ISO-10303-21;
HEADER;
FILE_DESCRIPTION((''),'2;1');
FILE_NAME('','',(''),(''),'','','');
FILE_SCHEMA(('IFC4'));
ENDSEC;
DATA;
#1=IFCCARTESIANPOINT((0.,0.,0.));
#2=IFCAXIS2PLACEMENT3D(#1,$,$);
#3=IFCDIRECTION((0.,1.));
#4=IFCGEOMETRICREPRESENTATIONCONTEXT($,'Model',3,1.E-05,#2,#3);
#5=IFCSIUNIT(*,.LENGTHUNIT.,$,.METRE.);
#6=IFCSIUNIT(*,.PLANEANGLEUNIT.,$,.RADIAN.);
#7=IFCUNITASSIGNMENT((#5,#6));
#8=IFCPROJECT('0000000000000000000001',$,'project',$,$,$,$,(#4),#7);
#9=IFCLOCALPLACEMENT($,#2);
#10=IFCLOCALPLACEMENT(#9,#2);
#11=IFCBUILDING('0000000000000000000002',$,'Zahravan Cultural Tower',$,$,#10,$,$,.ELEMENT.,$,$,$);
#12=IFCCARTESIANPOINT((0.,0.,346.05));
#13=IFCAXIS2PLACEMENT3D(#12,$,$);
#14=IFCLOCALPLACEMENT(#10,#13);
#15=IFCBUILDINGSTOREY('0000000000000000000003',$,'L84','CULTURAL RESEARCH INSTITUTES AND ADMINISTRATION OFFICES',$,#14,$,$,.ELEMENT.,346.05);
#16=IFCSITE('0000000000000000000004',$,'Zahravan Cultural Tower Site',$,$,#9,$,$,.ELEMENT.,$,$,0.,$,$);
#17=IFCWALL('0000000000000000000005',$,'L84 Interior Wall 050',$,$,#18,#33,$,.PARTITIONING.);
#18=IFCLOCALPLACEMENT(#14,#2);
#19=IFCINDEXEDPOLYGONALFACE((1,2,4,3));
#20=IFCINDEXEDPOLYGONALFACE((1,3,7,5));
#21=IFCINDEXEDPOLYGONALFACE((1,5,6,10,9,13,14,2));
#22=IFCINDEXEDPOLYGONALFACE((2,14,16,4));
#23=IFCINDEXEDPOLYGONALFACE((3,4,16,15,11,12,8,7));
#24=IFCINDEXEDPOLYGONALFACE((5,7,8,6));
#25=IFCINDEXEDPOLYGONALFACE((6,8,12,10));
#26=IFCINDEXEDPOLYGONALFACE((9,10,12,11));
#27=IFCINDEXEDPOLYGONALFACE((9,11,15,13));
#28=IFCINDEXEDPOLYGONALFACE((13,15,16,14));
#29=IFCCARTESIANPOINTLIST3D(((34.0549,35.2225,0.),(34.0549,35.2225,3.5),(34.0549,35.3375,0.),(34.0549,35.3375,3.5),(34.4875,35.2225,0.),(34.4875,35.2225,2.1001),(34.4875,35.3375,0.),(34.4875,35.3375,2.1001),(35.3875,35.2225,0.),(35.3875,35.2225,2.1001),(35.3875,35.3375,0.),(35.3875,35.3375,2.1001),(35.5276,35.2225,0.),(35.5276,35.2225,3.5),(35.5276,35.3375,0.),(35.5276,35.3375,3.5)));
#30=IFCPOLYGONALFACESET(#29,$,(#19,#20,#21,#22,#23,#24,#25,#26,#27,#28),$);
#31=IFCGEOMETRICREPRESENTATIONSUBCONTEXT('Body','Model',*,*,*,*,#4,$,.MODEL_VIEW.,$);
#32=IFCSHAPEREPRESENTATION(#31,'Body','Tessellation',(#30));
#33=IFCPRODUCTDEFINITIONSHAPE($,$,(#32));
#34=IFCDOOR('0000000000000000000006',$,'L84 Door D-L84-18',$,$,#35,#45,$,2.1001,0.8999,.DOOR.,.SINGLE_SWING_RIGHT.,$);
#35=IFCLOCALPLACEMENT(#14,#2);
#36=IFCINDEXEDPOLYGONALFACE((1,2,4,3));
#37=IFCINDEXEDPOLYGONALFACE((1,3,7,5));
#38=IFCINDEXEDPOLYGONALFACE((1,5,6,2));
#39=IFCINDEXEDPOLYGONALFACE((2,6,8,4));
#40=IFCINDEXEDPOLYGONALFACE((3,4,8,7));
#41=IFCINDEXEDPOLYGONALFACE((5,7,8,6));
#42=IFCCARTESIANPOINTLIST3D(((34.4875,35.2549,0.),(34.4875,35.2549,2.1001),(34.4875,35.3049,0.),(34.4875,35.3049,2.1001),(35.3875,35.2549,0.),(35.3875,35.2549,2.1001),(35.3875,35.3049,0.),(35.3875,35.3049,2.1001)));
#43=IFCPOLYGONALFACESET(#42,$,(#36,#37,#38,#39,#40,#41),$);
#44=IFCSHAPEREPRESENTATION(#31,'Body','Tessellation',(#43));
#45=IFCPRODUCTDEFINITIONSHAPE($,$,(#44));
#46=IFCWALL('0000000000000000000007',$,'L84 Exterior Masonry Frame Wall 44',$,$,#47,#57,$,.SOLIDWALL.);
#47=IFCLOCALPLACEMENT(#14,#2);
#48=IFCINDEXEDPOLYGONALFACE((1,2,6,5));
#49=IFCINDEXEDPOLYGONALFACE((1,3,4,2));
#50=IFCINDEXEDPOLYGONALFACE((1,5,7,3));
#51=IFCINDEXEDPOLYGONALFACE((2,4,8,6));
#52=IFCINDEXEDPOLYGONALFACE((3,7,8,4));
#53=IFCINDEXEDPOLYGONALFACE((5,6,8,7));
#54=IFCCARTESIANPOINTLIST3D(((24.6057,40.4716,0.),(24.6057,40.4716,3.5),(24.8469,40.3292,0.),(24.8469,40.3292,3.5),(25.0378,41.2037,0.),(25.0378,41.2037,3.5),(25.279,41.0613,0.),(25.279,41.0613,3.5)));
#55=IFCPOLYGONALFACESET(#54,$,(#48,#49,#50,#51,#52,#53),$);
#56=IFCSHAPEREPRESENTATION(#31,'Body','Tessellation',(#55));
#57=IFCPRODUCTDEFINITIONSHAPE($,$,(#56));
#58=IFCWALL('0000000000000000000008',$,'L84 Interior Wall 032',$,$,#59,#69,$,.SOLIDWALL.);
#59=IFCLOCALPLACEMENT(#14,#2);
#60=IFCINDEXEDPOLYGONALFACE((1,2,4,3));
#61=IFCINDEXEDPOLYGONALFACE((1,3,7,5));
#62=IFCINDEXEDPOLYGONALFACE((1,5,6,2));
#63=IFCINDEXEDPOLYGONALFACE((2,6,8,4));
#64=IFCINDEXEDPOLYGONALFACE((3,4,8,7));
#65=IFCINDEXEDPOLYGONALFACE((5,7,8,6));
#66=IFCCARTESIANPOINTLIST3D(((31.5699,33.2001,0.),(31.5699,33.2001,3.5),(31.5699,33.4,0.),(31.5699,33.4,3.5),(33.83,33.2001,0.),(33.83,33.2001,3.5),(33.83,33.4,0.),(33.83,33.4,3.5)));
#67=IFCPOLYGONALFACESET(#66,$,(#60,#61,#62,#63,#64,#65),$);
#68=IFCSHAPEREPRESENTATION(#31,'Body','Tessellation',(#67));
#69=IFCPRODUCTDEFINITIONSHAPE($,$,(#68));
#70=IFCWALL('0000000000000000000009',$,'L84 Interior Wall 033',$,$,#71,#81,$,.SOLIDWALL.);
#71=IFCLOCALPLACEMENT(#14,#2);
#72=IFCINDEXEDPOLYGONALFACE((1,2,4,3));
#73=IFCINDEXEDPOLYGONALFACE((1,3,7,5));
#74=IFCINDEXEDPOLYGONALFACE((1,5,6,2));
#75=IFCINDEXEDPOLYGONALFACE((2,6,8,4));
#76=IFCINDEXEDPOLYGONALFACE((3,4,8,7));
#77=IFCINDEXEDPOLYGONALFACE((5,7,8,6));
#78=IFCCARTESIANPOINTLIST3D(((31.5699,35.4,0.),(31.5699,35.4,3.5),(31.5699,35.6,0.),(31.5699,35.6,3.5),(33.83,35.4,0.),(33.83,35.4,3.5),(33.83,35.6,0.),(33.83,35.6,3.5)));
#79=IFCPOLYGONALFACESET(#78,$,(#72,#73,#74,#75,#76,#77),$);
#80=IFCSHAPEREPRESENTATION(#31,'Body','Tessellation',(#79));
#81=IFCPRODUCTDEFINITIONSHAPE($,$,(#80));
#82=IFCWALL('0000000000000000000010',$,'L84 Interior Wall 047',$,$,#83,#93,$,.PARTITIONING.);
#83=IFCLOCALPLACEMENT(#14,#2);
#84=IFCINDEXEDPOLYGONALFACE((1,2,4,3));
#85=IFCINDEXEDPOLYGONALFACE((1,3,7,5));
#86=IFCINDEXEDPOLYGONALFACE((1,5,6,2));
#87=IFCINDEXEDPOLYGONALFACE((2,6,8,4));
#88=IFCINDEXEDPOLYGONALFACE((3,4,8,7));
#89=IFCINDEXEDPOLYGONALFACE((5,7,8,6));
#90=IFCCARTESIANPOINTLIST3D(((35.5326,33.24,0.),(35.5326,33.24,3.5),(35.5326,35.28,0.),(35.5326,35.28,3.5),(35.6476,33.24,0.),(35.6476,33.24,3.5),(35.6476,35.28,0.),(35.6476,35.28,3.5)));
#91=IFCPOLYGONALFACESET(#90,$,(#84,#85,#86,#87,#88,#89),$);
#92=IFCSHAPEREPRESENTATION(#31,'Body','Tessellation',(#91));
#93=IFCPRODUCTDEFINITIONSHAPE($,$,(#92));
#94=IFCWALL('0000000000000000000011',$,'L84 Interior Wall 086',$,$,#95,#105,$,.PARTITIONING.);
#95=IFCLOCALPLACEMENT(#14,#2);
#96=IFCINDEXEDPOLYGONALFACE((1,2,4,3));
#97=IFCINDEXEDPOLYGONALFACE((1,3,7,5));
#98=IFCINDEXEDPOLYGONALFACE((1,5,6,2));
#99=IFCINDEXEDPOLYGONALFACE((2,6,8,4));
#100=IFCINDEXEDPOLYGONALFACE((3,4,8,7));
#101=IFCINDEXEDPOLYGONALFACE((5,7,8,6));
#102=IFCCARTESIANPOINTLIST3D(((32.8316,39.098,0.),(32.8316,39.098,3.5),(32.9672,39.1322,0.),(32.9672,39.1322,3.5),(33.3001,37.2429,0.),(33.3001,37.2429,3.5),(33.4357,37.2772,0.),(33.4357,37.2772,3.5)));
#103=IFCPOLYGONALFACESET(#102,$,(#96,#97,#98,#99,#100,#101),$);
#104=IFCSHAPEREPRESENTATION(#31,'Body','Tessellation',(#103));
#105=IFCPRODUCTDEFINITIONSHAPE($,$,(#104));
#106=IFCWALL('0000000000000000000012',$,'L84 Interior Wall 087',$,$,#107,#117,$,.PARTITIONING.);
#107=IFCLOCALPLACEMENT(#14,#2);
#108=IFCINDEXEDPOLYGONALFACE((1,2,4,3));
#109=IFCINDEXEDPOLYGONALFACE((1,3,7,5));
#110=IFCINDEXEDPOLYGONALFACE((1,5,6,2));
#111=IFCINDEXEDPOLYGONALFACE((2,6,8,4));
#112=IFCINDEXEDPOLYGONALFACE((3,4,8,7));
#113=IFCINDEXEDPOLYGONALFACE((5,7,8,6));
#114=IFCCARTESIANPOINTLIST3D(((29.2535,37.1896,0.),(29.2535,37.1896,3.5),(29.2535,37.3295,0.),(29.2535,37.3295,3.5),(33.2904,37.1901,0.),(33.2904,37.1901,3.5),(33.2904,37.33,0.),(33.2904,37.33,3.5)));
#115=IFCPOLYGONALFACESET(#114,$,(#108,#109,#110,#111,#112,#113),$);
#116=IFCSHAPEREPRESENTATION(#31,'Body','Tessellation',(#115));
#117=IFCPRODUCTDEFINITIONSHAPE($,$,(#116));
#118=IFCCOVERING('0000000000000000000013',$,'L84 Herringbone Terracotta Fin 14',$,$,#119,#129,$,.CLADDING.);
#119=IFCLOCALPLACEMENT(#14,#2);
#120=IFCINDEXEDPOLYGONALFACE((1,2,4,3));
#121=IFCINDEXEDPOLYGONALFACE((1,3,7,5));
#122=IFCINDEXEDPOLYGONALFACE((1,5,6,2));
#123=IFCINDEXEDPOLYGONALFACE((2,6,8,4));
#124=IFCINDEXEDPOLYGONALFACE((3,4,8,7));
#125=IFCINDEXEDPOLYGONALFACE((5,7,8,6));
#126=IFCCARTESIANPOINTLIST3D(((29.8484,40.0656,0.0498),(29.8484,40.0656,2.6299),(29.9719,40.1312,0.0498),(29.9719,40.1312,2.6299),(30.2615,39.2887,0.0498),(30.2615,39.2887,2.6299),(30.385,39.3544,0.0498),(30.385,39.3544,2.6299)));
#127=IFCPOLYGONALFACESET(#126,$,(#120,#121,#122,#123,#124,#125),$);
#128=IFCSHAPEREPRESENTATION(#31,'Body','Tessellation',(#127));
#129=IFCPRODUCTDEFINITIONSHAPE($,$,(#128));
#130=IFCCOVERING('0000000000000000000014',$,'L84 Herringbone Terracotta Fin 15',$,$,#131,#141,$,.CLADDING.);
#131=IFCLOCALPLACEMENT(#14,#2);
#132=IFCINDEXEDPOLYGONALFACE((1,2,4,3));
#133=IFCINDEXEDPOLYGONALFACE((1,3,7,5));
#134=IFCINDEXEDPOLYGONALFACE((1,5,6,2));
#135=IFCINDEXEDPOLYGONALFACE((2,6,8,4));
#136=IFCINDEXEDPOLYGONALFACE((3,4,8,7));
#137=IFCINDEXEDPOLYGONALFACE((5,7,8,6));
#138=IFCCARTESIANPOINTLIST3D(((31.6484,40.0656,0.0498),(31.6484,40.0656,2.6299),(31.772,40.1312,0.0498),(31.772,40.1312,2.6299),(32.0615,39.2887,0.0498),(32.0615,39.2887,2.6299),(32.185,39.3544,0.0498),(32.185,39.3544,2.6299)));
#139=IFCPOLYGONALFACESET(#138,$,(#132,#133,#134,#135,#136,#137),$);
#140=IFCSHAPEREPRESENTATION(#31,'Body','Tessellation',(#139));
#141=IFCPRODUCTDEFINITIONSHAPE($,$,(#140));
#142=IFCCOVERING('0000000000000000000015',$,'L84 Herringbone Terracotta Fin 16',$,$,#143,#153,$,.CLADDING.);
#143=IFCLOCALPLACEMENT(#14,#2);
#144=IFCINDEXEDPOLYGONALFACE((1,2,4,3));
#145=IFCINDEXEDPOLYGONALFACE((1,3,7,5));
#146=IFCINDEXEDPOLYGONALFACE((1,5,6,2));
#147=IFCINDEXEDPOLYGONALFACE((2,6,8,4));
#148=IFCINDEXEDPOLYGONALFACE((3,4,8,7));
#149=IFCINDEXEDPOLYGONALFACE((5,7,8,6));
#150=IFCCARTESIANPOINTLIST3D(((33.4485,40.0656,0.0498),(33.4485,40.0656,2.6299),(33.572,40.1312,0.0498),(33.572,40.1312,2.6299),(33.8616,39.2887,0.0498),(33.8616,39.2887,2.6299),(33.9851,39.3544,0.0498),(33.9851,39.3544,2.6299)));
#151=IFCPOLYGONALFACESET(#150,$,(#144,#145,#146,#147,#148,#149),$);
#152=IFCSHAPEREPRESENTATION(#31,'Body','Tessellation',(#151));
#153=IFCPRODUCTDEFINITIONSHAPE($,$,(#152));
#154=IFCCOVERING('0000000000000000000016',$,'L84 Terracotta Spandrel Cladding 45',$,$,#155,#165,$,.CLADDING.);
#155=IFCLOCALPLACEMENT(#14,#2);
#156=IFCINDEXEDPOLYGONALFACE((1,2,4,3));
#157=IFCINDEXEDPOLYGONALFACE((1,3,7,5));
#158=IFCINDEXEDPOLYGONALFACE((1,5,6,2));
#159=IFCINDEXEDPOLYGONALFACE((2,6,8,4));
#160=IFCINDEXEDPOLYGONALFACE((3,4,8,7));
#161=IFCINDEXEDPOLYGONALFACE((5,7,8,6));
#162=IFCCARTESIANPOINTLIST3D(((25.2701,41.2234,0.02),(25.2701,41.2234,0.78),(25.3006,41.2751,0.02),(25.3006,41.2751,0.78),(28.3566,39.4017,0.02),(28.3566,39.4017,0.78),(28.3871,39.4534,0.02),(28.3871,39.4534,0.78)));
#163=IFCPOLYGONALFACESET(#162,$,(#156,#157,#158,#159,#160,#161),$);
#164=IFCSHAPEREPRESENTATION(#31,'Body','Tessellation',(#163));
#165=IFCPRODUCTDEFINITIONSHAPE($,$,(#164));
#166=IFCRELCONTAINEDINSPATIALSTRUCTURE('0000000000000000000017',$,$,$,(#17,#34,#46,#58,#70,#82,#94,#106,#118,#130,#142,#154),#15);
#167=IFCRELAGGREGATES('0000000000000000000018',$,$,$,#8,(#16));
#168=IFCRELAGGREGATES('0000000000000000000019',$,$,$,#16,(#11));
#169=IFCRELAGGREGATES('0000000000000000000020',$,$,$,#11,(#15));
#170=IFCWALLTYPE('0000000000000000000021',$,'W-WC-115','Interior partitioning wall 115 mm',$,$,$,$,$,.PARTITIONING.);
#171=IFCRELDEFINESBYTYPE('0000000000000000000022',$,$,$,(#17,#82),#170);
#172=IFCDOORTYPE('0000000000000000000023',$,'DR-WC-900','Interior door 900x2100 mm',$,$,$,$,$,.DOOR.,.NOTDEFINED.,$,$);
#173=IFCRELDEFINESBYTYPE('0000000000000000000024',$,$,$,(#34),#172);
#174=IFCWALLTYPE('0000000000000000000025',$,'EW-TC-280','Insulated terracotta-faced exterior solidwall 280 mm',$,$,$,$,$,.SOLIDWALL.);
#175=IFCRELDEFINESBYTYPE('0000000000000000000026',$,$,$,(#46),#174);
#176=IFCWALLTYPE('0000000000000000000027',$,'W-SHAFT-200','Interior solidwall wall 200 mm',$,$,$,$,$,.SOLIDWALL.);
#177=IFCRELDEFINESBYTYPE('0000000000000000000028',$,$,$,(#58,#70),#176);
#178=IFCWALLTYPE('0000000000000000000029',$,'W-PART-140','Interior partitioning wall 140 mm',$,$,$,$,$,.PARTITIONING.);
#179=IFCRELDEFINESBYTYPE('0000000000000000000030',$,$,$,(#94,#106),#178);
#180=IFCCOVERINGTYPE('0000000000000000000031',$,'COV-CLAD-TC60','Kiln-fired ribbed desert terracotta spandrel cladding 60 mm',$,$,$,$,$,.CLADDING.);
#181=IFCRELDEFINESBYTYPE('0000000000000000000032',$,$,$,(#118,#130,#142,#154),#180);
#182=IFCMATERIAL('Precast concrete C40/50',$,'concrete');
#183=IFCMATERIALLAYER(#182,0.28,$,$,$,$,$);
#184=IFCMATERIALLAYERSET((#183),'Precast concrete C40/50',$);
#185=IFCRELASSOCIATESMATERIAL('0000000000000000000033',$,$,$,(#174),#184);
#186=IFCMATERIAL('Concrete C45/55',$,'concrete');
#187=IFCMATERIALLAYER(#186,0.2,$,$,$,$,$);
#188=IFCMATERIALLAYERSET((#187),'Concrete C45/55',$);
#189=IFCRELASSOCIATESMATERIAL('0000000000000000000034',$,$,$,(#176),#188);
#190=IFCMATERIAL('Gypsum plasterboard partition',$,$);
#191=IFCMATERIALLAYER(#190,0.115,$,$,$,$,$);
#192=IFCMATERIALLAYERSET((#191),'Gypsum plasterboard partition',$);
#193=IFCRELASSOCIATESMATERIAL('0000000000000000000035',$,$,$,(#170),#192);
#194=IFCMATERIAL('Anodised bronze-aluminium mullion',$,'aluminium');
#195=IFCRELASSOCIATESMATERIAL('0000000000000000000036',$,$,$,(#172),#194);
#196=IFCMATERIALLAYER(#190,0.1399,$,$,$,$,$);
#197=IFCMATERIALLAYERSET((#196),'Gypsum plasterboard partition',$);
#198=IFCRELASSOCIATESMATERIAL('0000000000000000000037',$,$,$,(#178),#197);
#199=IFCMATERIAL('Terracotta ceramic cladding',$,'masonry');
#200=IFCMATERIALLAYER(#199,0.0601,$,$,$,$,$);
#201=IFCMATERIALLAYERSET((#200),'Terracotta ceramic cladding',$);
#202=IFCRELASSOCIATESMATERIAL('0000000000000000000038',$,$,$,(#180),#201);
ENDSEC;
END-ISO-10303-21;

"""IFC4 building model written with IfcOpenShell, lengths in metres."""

from ifc_helpers import new_model, si_unit, direction, frame, frame_2d, origin, origin_2d, place, context, subcontext, project, spatial, rectangle, extrude, source, transform, mapped, material, layer, layer_set, type_object, element, fill, save


model = new_model("IFC4")

# Units and contexts
model_context = context("Model", 3, precision=1e-05, world=origin(), true_north=direction((0.0, 1.0)))
body_context = subcontext(model_context, "Body", "Model", "MODEL_VIEW")
ifc_project = project(units=[si_unit("LENGTHUNIT", "METRE"), si_unit("PLANEANGLEUNIT", "RADIAN")], contexts=[model_context])

# Site, building, storey
site_placement = place(None, origin())
site = spatial("IfcSite", under=ifc_project, at=site_placement, Name="Zahravan Cultural Tower Site", CompositionType="ELEMENT", RefElevation=0.0)
building_placement = place(site_placement, origin())
building = spatial("IfcBuilding", under=site, at=building_placement, Name="Zahravan Cultural Tower", CompositionType="ELEMENT")
storey_placement = place(building_placement, frame((0.0, 0.0, 346.05)))
storey = spatial("IfcBuildingStorey", under=building, at=storey_placement, Name="L84", Description="CULTURAL RESEARCH INSTITUTES AND ADMINISTRATION OFFICES", CompositionType="ELEMENT", Elevation=346.05)

# Shared definitions
ifc_material_1 = material(Name="Precast concrete C40/50", Category="concrete")
ifc_layer_1 = layer(ifc_material_1, 0.28)
ifc_layer_set_1 = layer_set([ifc_layer_1], Name="Precast concrete C40/50")
wall_type_1 = type_object("IfcWallType", Name="EW-TC-280", Description="Insulated terracotta-faced exterior solidwall 280 mm", PredefinedType="SOLIDWALL", material=ifc_layer_set_1)

# Wall, opening, door
ifc_material_2 = material(Name="Concrete C45/55", Category="concrete")
ifc_layer_2 = layer(ifc_material_2, 0.2)
ifc_layer_set_2 = layer_set([ifc_layer_2], Name="Concrete C45/55")
wall_type_2 = type_object("IfcWallType", Name="W-SHAFT-200", Description="Interior solidwall wall 200 mm", PredefinedType="SOLIDWALL", material=ifc_layer_set_2)
ifc_material_3 = material(Name="Gypsum plasterboard partition")
ifc_layer_3 = layer(ifc_material_3, 0.115)
ifc_layer_set_3 = layer_set([ifc_layer_3], Name="Gypsum plasterboard partition")
wall_type_3 = type_object("IfcWallType", Name="W-WC-115", Description="Interior partitioning wall 115 mm", PredefinedType="PARTITIONING", material=ifc_layer_set_3)
ifc_material_4 = material(Name="Anodised bronze-aluminium mullion", Category="aluminium")
door_type_1 = type_object("IfcDoorType", Name="DR-WC-900", Description="Interior door 900x2100 mm", OperationType="NOTDEFINED", PredefinedType="DOOR", material=ifc_material_4)
shared_shape_1 = source(origin(), body_context, "Body", "SweptSolid", [
    extrude(rectangle(XDim=0.8999, YDim=2.1001, at=frame_2d((0.45, 1.05))), frame((0.0, 0.0249, 0.0), z_axis=(0.0, -1.0, 0.0), x_axis=(1.0, 0.0, 0.0)), (0.0, 0.0, 1.0), 0.05),
])
wall_1_placement = place(storey_placement, frame((34.0549, 35.28, 0.0), z_axis=(0.0, 0.0, 1.0), x_axis=(1.0, 0.0, 0.0)))
wall_1 = element("IfcWall", 1, at=wall_1_placement, inside=storey, type_object=wall_type_3, Name="L84 Interior Wall 050", PredefinedType="PARTITIONING", context=body_context, shape_type="SweptSolid", body=[
    extrude(rectangle(XDim=1.4727, YDim=0.115, at=frame_2d((0.7363, 0.0))), origin(), (0.0, 0.0, 1.0), 3.5),
])
opening_1_placement = place(wall_1_placement, frame((0.4326, 0.0, 0.0)))
opening_1 = element("IfcOpeningElement", 2, at=opening_1_placement, cuts=wall_1, PredefinedType="OPENING", context=body_context, shape_type="SweptSolid", body=[
    extrude(rectangle(XDim=0.8999, YDim=2.1001, at=frame_2d((0.45, 1.05))), frame((0.0, 0.0674, 0.0), z_axis=(0.0, -1.0, 0.0), x_axis=(1.0, 0.0, 0.0)), (0.0, 0.0, 1.0), 0.135),
])
door_1_placement = place(opening_1_placement, origin())
door_1 = element("IfcDoor", 3, at=door_1_placement, inside=storey, type_object=door_type_1, Name="L84 Door D-L84-18", OperationType="SINGLE_SWING_RIGHT", OverallHeight=2.1001, OverallWidth=0.8999, PredefinedType="DOOR", context=body_context, shape_type="MappedRepresentation", body=[
    mapped(shared_shape_1, transform((0.0, 0.0, 0.0), x_axis=(1.0, 0.0, 0.0), y_axis=(0.0, 1.0, 0.0), z_axis=(0.0, 0.0, 1.0), scale=1.0)),
])
fill(opening_1, door_1)

# Walls
shared_shape_2 = source(origin(), body_context, "Body", "SweptSolid", [
    extrude(rectangle(XDim=0.8501, YDim=0.28, at=frame_2d((0.425, 0.0))), origin(), (0.0, 0.0, 1.0), 3.5),
])
wall_2_placement = place(storey_placement, frame((24.7263, 40.4004, 0.0), z_axis=(0.0, 0.0, 1.0), x_axis=(0.508275, 0.861195, 0.0)))
element("IfcWall", 4, at=wall_2_placement, inside=storey, type_object=wall_type_1, Name="L84 Exterior Masonry Frame Wall 44", PredefinedType="SOLIDWALL", context=body_context, shape_type="MappedRepresentation", body=[
    mapped(shared_shape_2, transform((0.0, 0.0, 0.0), x_axis=(1.0, 0.0, 0.0), y_axis=(0.0, 1.0, 0.0), z_axis=(0.0, 0.0, 1.0), scale=1.0)),
])
shared_shape_3 = source(origin(), body_context, "Body", "SweptSolid", [
    extrude(rectangle(XDim=2.26, YDim=0.2, at=frame_2d((1.1299, 0.0))), origin(), (0.0, 0.0, 1.0), 3.5),
])
for number, where, z_axis, x_axis, name in (
    (5, (31.5701, 33.3, 0.0), (0.0, 0.0, 1.0), (1.0, 0.0, 0.0), "L84 Interior Wall 032"),
    (6, (31.5701, 35.5, 0.0), (0.0, 0.0, 1.0), (1.0, 0.0, 0.0), "L84 Interior Wall 033"),
):
    element("IfcWall", number, at=place(storey_placement, frame(where, z_axis=z_axis, x_axis=x_axis)), inside=storey, type_object=wall_type_2, Name=name, PredefinedType="SOLIDWALL", context=body_context, shape_type="MappedRepresentation", body=[
        mapped(shared_shape_3, transform((0.0, 0.0, 0.0), x_axis=(1.0, 0.0, 0.0), y_axis=(0.0, 1.0, 0.0), z_axis=(0.0, 0.0, 1.0), scale=1.0)),
    ])
shared_shape_4 = source(origin(), body_context, "Body", "SweptSolid", [
    extrude(rectangle(XDim=2.04, YDim=0.115, at=frame_2d((1.02, 0.0))), origin(), (0.0, 0.0, 1.0), 3.5),
])
wall_3_placement = place(storey_placement, frame((35.5901, 33.24, 0.0), z_axis=(0.0, 0.0, 1.0), x_axis=(0.0, 1.0, 0.0)))
element("IfcWall", 7, at=wall_3_placement, inside=storey, type_object=wall_type_3, Name="L84 Interior Wall 047", PredefinedType="PARTITIONING", context=body_context, shape_type="MappedRepresentation", body=[
    mapped(shared_shape_4, transform((0.0, 0.0, 0.0), x_axis=(1.0, 0.0, 0.0), y_axis=(0.0, 1.0, 0.0), z_axis=(0.0, 0.0, 1.0), scale=1.0)),
])
ifc_layer_4 = layer(ifc_material_3, 0.1399)
ifc_layer_set_4 = layer_set([ifc_layer_4], Name="Gypsum plasterboard partition")
wall_type_4 = type_object("IfcWallType", Name="W-PART-140", Description="Interior partitioning wall 140 mm", PredefinedType="PARTITIONING", material=ifc_layer_set_4)
shared_shape_5 = source(origin(), body_context, "Body", "SweptSolid", [
    extrude(rectangle(XDim=1.9133, YDim=0.1399, at=frame_2d((0.9565, 0.0))), origin(), (0.0, 0.0, 1.0), 3.5),
])
wall_4_placement = place(storey_placement, frame((32.8994, 39.115, 0.0), z_axis=(0.0, 0.0, 1.0), x_axis=(0.244877, -0.969554, 0.0)))
element("IfcWall", 8, at=wall_4_placement, inside=storey, type_object=wall_type_4, Name="L84 Interior Wall 086", PredefinedType="PARTITIONING", context=body_context, shape_type="MappedRepresentation", body=[
    mapped(shared_shape_5, transform((0.0, 0.0, 0.0), x_axis=(1.0, 0.0, 0.0), y_axis=(0.0, 1.0, 0.0), z_axis=(0.0, 0.0, 1.0), scale=1.0)),
])
shared_shape_6 = source(origin(), body_context, "Body", "SweptSolid", [
    extrude(rectangle(XDim=4.0369, YDim=0.1399, at=frame_2d((2.0186, 0.0))), origin(), (0.0, 0.0, 1.0), 3.5),
])
wall_5_placement = place(storey_placement, frame((33.2905, 37.26, 0.0), z_axis=(0.0, 0.0, 1.0), x_axis=(-1.0, -0.000121, 0.0)))
element("IfcWall", 9, at=wall_5_placement, inside=storey, type_object=wall_type_4, Name="L84 Interior Wall 087", PredefinedType="PARTITIONING", context=body_context, shape_type="MappedRepresentation", body=[
    mapped(shared_shape_6, transform((0.0, 0.0, 0.0), x_axis=(1.0, 0.0, 0.0), y_axis=(0.0, 1.0, 0.0), z_axis=(0.0, 0.0, 1.0), scale=1.0)),
])

# Coverings
ifc_material_5 = material(Name="Terracotta ceramic cladding", Category="masonry")
ifc_layer_5 = layer(ifc_material_5, 0.0601)
ifc_layer_set_5 = layer_set([ifc_layer_5], Name="Terracotta ceramic cladding")
covering_type = type_object("IfcCoveringType", Name="COV-CLAD-TC60", Description="Kiln-fired ribbed desert terracotta spandrel cladding 60 mm", PredefinedType="CLADDING", material=ifc_layer_set_5)
shared_shape_7 = source(origin(), body_context, "Body", "SweptSolid", [
    extrude(rectangle(XDim=0.8799, YDim=0.1399, at=origin_2d()), origin(), (0.0, 0.0, 1.0), 2.5801),
])
for number, where, z_axis, x_axis, name in (
    (10, (30.1167, 39.71, 0.0498), (0.0, 0.0, 1.0), (-0.469472, 0.882948, 0.0), "L84 Herringbone Terracotta Fin 14"),
    (11, (31.9167, 39.71, 0.0498), (0.0, 0.0, 1.0), (-0.469472, 0.882948, 0.0), "L84 Herringbone Terracotta Fin 15"),
    (12, (33.7168, 39.71, 0.0498), (0.0, 0.0, 1.0), (-0.469472, 0.882948, 0.0), "L84 Herringbone Terracotta Fin 16"),
):
    element("IfcCovering", number, at=place(storey_placement, frame(where, z_axis=z_axis, x_axis=x_axis)), inside=storey, type_object=covering_type, Name=name, PredefinedType="CLADDING", context=body_context, shape_type="MappedRepresentation", body=[
        mapped(shared_shape_7, transform((0.0, 0.0, 0.0), x_axis=(1.0, 0.0, 0.0), y_axis=(0.0, 1.0, 0.0), z_axis=(0.0, 0.0, 1.0), scale=1.0)),
    ])
shared_shape_8 = source(origin(), body_context, "Body", "SweptSolid", [
    extrude(rectangle(XDim=3.584, YDim=0.0601, at=origin_2d()), origin(), (0.0, 0.0, 1.0), 0.76),
])
covering_1_placement = place(storey_placement, frame((26.8286, 40.3384, 0.02), z_axis=(0.0, 0.0, 1.0), x_axis=(0.861186, -0.50829, 0.0)))
element("IfcCovering", 13, at=covering_1_placement, inside=storey, type_object=covering_type, Name="L84 Terracotta Spandrel Cladding 45", PredefinedType="CLADDING", context=body_context, shape_type="MappedRepresentation", body=[
    mapped(shared_shape_8, transform((0.0, 0.0, 0.0), x_axis=(1.0, 0.0, 0.0), y_axis=(0.0, 1.0, 0.0), z_axis=(0.0, 0.0, 1.0), scale=1.0)),
])

save(model, "model.ifc")
